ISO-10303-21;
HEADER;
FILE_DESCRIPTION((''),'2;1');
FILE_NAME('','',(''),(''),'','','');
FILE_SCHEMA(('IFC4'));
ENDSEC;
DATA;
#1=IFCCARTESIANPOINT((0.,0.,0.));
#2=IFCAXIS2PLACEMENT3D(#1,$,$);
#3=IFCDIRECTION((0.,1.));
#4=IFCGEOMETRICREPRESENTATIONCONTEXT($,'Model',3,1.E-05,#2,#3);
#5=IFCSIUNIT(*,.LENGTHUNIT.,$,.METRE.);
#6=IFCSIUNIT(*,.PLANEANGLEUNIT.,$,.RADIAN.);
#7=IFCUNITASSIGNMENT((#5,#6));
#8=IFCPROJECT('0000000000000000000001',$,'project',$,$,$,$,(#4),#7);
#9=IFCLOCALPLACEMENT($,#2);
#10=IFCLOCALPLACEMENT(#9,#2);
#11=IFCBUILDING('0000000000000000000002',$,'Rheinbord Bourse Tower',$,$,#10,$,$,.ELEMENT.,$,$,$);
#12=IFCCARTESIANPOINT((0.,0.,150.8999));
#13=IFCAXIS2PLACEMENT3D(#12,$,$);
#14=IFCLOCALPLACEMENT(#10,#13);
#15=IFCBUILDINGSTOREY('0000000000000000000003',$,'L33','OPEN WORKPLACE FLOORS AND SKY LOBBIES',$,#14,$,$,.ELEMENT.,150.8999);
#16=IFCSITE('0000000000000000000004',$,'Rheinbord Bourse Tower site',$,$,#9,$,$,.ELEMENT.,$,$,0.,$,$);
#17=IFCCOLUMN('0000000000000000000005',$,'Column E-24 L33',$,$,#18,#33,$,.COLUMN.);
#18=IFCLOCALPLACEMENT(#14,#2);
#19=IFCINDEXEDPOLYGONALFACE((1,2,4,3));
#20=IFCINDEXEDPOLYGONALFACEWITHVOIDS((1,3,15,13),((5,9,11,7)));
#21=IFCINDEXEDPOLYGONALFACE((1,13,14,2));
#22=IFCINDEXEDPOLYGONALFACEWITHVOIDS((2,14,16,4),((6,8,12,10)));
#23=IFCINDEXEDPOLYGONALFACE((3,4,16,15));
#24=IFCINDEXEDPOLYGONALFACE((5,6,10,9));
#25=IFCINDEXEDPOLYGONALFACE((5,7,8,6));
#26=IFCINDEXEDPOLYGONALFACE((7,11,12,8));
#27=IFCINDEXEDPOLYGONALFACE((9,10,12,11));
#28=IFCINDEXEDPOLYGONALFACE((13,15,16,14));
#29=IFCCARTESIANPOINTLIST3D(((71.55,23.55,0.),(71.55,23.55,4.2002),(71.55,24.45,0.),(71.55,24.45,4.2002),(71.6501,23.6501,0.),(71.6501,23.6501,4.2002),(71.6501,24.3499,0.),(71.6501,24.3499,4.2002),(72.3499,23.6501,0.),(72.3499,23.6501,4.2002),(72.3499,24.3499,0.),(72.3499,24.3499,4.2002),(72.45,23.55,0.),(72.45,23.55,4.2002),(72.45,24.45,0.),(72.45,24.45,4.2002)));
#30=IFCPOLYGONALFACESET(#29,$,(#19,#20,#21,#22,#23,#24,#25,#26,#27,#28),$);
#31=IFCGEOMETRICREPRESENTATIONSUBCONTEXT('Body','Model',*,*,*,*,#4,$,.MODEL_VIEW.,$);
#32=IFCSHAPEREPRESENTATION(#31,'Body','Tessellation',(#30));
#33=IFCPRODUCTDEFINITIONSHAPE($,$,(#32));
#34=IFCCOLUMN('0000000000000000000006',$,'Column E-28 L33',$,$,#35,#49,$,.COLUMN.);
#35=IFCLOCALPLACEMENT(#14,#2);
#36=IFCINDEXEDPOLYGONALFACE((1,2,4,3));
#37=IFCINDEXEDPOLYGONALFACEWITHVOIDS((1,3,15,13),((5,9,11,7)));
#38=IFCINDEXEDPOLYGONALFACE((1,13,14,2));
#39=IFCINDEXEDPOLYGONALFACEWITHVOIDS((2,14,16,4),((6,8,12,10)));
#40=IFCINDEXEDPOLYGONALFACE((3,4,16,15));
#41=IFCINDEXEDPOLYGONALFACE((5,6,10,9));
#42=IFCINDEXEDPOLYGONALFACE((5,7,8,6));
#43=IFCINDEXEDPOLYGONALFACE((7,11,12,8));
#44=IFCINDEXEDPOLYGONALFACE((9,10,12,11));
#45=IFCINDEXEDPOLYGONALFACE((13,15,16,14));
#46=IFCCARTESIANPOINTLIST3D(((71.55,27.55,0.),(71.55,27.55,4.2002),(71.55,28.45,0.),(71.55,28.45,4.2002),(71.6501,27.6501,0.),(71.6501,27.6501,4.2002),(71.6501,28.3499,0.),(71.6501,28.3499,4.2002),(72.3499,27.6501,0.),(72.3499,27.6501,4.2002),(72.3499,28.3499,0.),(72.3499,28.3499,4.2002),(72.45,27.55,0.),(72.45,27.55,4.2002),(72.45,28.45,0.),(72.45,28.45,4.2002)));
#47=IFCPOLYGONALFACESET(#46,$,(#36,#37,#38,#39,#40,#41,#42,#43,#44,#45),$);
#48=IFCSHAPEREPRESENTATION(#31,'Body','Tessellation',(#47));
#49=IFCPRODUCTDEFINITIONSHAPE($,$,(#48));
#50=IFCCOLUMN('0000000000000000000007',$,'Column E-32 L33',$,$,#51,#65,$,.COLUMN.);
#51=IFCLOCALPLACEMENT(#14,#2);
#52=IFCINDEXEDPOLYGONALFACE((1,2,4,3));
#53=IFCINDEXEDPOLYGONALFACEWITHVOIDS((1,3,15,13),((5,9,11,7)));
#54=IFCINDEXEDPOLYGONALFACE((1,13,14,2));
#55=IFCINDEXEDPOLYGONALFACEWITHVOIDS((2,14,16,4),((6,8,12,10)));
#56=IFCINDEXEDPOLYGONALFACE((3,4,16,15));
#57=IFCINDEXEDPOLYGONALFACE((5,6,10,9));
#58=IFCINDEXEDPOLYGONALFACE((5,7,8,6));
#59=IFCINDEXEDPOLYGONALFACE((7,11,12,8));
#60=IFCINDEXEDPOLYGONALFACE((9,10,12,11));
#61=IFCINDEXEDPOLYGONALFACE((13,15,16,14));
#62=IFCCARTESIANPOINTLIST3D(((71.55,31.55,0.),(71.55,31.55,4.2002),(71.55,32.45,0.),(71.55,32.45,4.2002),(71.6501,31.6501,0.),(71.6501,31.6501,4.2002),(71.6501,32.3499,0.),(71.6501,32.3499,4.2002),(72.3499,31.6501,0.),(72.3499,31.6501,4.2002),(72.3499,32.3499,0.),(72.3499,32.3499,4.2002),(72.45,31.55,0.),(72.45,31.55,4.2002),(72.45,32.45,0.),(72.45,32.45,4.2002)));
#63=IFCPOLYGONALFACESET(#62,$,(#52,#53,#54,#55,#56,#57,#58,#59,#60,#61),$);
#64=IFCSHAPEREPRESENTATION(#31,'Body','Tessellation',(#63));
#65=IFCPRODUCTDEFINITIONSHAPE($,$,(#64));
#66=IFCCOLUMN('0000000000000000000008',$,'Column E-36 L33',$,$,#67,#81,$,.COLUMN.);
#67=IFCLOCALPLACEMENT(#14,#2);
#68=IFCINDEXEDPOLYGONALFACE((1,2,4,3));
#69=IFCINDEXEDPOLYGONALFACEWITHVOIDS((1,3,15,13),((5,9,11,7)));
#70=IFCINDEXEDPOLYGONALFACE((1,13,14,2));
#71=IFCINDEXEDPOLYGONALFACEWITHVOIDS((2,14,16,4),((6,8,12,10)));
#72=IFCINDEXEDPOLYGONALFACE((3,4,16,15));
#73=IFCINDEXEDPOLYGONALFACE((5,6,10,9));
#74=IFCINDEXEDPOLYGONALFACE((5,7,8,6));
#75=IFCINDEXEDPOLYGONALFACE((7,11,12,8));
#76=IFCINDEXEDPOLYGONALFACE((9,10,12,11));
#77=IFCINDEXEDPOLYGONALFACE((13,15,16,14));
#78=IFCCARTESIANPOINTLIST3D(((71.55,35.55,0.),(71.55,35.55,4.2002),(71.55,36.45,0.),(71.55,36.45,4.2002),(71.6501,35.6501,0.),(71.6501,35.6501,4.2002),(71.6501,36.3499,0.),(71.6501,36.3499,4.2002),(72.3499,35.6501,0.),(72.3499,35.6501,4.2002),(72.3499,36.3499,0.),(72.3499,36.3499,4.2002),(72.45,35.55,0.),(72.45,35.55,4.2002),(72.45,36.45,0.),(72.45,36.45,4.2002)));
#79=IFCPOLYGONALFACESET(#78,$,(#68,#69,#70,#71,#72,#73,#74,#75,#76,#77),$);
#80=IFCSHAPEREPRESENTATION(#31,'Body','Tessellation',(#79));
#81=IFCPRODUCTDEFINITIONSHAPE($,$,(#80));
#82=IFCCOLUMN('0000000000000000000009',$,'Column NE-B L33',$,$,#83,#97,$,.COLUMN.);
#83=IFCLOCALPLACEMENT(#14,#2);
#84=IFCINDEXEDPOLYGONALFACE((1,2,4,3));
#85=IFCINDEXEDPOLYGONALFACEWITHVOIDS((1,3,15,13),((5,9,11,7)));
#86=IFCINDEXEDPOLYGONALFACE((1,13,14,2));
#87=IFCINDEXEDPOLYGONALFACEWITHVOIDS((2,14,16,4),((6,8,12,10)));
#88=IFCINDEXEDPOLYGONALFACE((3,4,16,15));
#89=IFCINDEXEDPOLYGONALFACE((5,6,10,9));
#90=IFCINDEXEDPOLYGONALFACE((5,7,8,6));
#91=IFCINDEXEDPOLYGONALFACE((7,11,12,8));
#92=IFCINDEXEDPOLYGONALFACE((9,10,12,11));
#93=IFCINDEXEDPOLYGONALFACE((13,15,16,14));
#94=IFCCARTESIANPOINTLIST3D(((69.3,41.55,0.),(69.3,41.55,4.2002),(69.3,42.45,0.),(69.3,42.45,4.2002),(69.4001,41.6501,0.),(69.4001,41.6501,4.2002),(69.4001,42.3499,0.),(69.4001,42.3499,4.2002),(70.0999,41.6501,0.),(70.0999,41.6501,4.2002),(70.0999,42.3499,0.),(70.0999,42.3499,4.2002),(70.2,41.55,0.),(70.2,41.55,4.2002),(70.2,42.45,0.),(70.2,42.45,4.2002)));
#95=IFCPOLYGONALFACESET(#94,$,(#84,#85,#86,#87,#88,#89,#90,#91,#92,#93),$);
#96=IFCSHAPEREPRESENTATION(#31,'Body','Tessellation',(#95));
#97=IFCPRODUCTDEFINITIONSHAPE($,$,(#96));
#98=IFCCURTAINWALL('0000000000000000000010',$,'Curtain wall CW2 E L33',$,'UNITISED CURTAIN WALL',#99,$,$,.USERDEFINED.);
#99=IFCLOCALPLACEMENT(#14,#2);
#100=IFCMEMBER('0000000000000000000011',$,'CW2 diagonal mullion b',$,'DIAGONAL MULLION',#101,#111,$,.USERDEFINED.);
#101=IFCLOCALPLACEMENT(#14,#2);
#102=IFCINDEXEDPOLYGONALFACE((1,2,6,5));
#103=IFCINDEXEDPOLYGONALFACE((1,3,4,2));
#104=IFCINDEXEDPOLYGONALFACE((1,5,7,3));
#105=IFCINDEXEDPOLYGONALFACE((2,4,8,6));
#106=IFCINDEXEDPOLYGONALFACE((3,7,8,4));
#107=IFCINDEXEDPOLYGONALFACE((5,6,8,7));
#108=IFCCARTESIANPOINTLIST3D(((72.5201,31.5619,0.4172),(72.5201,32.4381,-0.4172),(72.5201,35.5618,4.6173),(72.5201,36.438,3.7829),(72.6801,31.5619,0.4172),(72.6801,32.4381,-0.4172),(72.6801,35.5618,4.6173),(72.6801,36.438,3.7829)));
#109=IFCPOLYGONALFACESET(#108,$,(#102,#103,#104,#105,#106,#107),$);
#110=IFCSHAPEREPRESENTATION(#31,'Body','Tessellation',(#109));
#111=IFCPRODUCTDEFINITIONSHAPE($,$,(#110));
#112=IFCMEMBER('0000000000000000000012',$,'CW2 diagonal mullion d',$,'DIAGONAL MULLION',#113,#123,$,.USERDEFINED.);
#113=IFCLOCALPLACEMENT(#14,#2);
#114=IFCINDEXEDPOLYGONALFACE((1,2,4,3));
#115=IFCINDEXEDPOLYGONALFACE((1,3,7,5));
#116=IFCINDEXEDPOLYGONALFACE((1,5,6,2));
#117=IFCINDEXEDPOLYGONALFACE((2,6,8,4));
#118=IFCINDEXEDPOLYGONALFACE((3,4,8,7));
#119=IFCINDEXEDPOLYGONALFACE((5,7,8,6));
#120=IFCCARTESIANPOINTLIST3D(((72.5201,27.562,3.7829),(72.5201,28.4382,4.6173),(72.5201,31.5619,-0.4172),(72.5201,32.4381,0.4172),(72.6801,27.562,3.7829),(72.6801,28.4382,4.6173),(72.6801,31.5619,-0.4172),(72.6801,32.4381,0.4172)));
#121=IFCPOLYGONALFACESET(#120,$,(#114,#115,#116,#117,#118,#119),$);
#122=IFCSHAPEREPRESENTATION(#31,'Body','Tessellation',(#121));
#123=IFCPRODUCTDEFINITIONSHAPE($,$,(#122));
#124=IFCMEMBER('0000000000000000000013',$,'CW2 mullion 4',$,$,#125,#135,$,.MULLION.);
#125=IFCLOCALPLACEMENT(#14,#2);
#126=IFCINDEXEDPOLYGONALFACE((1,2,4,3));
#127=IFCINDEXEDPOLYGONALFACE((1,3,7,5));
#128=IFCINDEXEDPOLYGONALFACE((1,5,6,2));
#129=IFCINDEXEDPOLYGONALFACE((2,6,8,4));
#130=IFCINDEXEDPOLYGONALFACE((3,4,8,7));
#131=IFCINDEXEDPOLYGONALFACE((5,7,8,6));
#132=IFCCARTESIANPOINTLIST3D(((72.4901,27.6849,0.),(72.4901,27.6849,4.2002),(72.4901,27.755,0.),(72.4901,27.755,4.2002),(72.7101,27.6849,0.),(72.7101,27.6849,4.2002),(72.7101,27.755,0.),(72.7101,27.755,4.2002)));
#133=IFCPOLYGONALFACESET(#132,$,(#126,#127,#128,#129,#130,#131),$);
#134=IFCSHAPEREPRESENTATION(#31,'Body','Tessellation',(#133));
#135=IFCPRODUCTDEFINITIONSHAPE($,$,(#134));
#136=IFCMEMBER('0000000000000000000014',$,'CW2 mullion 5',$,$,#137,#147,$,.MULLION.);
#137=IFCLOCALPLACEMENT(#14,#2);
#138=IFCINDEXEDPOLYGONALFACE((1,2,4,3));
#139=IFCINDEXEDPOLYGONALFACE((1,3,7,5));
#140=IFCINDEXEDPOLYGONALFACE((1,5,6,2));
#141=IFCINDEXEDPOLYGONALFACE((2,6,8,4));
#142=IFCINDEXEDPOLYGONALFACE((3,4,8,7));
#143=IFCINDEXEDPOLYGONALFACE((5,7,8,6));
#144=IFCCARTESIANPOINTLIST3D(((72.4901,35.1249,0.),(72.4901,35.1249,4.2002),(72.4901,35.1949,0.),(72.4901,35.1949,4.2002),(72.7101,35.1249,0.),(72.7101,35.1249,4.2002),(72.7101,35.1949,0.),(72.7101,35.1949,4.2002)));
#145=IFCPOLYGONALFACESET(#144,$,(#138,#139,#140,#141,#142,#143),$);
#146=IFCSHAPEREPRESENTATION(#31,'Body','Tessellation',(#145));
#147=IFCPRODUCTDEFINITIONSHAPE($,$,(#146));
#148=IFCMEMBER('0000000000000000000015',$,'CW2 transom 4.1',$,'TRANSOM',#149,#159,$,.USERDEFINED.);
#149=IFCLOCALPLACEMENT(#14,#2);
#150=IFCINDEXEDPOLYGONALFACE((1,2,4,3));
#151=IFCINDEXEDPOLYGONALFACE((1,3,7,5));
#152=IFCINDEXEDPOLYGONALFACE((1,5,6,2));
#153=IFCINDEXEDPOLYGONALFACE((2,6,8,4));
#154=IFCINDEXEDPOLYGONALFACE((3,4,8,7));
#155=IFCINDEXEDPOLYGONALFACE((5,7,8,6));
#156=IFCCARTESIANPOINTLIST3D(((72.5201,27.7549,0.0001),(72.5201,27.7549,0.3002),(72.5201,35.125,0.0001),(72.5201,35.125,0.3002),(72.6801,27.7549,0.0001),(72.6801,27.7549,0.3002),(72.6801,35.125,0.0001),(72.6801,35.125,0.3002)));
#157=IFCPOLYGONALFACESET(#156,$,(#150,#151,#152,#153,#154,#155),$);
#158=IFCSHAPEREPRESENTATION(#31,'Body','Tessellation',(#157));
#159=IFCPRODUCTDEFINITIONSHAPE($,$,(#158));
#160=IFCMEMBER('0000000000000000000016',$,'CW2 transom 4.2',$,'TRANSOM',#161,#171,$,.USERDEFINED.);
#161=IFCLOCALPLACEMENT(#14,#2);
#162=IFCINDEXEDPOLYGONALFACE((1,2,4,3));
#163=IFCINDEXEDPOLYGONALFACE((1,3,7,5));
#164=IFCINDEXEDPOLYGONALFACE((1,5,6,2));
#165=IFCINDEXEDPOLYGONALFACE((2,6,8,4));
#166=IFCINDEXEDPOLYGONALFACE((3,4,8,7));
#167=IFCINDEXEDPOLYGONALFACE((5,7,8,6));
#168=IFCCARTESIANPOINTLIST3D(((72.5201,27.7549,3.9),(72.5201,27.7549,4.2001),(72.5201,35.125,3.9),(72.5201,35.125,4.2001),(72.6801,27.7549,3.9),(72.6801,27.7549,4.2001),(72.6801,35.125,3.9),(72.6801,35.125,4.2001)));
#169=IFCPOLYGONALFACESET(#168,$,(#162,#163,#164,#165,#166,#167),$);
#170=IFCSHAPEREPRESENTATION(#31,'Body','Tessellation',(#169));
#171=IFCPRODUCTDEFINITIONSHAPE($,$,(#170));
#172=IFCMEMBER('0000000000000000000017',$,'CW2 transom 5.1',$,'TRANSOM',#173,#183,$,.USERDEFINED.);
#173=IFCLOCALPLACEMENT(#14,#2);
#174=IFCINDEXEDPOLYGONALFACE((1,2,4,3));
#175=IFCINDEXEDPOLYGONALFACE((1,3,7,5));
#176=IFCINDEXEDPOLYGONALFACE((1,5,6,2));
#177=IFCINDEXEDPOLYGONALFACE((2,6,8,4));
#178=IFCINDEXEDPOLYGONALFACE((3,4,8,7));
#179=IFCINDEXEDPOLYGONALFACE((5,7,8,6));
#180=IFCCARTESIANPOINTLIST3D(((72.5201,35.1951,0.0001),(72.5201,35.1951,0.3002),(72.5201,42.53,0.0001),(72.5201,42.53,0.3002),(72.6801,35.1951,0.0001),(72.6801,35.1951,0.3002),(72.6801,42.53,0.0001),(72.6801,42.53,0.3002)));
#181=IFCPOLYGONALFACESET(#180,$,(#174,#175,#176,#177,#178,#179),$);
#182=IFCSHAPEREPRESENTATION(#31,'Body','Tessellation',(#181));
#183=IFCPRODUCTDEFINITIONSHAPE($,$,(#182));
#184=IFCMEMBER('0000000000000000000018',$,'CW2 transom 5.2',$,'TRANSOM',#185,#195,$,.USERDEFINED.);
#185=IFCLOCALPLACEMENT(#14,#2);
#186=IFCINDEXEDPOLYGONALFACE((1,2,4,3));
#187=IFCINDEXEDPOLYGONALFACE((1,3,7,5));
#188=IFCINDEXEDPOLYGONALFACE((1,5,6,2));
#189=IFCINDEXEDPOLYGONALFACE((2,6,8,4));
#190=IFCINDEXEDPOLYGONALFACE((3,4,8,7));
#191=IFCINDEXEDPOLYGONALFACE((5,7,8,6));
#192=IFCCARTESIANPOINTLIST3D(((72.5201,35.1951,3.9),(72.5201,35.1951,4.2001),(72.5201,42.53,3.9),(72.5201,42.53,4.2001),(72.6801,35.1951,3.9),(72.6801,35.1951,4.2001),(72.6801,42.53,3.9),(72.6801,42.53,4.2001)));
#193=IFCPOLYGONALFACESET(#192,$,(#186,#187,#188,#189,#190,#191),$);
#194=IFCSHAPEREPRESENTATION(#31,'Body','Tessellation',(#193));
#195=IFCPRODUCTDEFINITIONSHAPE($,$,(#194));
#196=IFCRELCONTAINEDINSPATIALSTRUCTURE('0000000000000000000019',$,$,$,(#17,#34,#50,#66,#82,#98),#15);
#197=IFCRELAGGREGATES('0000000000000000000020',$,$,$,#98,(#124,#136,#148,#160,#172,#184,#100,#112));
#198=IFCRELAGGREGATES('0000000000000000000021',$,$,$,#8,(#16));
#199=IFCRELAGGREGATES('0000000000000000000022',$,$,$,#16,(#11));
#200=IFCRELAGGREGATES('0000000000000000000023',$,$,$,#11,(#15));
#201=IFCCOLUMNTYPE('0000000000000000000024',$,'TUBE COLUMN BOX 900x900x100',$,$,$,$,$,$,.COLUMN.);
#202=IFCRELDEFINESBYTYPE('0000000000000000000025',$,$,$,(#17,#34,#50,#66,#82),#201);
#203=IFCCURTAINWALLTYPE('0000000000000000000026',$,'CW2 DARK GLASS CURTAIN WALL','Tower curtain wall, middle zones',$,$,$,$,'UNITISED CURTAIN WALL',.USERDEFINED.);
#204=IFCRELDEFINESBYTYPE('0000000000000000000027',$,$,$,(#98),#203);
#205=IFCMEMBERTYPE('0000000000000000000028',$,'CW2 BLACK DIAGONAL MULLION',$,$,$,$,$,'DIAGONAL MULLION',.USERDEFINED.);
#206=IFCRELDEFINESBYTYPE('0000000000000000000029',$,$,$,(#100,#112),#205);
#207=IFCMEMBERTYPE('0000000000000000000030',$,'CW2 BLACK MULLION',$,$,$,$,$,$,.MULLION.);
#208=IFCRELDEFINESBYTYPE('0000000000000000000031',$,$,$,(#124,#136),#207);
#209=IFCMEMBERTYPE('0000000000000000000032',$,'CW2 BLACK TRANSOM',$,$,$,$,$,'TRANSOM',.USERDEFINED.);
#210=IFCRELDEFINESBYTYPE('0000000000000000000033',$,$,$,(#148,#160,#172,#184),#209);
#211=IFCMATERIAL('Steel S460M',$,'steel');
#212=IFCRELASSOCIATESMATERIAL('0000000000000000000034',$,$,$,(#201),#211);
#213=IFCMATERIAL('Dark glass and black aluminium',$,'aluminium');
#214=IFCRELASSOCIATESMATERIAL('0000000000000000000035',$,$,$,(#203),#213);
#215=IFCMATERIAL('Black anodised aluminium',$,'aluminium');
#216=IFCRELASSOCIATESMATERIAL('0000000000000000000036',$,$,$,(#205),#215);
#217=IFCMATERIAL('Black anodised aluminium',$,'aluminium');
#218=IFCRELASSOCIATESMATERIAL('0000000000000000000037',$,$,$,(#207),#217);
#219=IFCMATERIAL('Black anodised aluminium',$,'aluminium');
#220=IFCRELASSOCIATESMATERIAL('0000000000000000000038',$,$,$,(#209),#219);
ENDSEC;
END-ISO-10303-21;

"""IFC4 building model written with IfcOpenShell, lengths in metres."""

from ifc_helpers import new_model, si_unit, direction, frame, origin, origin_2d, place, context, subcontext, project, spatial, rectangle, hollow_rectangle, extrude, material, material_profile, profile_set, type_object, element, aggregate, save


model = new_model("IFC4")

# Units and contexts
model_context = context("Model", 3, precision=1e-05, world=origin(), true_north=direction((0.0, 1.0)))
body_context = subcontext(model_context, "Body", "Model", "MODEL_VIEW")
ifc_project = project(units=[si_unit("LENGTHUNIT", "METRE"), si_unit("PLANEANGLEUNIT", "RADIAN")], contexts=[model_context])

# Site, building, storey
site_placement = place(None, origin())
site = spatial("IfcSite", under=ifc_project, at=site_placement, Name="Rheinbord Bourse Tower site", CompositionType="ELEMENT", RefElevation=0.0)
building_placement = place(site_placement, origin())
building = spatial("IfcBuilding", under=site, at=building_placement, Name="Rheinbord Bourse Tower", CompositionType="ELEMENT")
storey_placement = place(building_placement, frame((0.0, 0.0, 150.8999)))
storey = spatial("IfcBuildingStorey", under=building, at=storey_placement, Name="L33", Description="OPEN WORKPLACE FLOORS AND SKY LOBBIES", CompositionType="ELEMENT", Elevation=150.8999)

# Columns
ifc_material_1 = material(Name="Steel S460M", Category="steel")
ifc_material_profile_1 = material_profile(ifc_material_1, hollow_rectangle(XDim=0.8999, YDim=0.8999, WallThickness=0.1001, at=origin_2d()), Name="BOX 900x900x100")
ifc_profile_set_1 = profile_set([ifc_material_profile_1], Name="Steel S460M")
column_type = type_object("IfcColumnType", Name="TUBE COLUMN BOX 900x900x100", PredefinedType="COLUMN", material=ifc_profile_set_1)
for number, where, z_axis, x_axis, name in (
    (1, (72.0, 24.0, 0.0), (0.0, 0.0, 1.0), (1.0, 0.0, 0.0), "Column E-24 L33"),
    (2, (72.0, 28.0, 0.0), (0.0, 0.0, 1.0), (1.0, 0.0, 0.0), "Column E-28 L33"),
    (3, (72.0, 32.0, 0.0), (0.0, 0.0, 1.0), (1.0, 0.0, 0.0), "Column E-32 L33"),
    (4, (72.0, 36.0, 0.0), (0.0, 0.0, 1.0), (1.0, 0.0, 0.0), "Column E-36 L33"),
    (5, (69.75, 42.0, 0.0), (0.0, 0.0, 1.0), (1.0, 0.0, 0.0), "Column NE-B L33"),
):
    element("IfcColumn", number, at=place(storey_placement, frame(where, z_axis=z_axis, x_axis=x_axis)), inside=storey, type_object=column_type, Name=name, PredefinedType="COLUMN", context=body_context, shape_type="SweptSolid", body=[
        extrude(hollow_rectangle(XDim=0.8999, YDim=0.8999, WallThickness=0.1001, at=origin_2d()), origin(), (0.0, 0.0, 1.0), 4.2002),
    ])

# Curtain wall, members
ifc_material_2 = material(Name="Dark glass and black aluminium", Category="aluminium")
curtain_wall_type = type_object("IfcCurtainWallType", Name="CW2 DARK GLASS CURTAIN WALL", Description="Tower curtain wall, middle zones", ElementType="UNITISED CURTAIN WALL", PredefinedType="USERDEFINED", material=ifc_material_2)
curtain_wall_placement = place(storey_placement, origin())
curtain_wall = element("IfcCurtainWall", 6, at=curtain_wall_placement, inside=storey, type_object=curtain_wall_type, Name="Curtain wall CW2 E L33", ObjectType="UNITISED CURTAIN WALL", PredefinedType="USERDEFINED")
ifc_material_3 = material(Name="Black anodised aluminium", Category="aluminium")
ifc_material_profile_2 = material_profile(ifc_material_3, rectangle(XDim=0.1599, YDim=1.21, at=origin_2d()), Name="CW2 DIAGONAL MULLION 1210x160")
ifc_profile_set_2 = profile_set([ifc_material_profile_2], Name="Black anodised aluminium")
member_type_1 = type_object("IfcMemberType", Name="CW2 BLACK DIAGONAL MULLION", ElementType="DIAGONAL MULLION", PredefinedType="USERDEFINED", material=ifc_profile_set_2)
member_1_placement = place(storey_placement, frame((72.6001, 32.0, 0.0), z_axis=(0.0, 0.689638, 0.724154), x_axis=(-1.0, 0.0, 0.0)))
member_1 = element("IfcMember", 7, at=member_1_placement, type_object=member_type_1, Name="CW2 diagonal mullion b", ObjectType="DIAGONAL MULLION", PredefinedType="USERDEFINED", context=body_context, shape_type="SweptSolid", body=[
    extrude(rectangle(XDim=0.1599, YDim=1.21, at=origin_2d()), origin(), (0.0, 0.0, 1.0), 5.8),
])
member_2_placement = place(storey_placement, frame((72.6001, 32.0, 0.0), z_axis=(0.0, -0.689638, 0.724154), x_axis=(1.0, 0.0, 0.0)))
member_2 = element("IfcMember", 8, at=member_2_placement, type_object=member_type_1, Name="CW2 diagonal mullion d", ObjectType="DIAGONAL MULLION", PredefinedType="USERDEFINED", context=body_context, shape_type="SweptSolid", body=[
    extrude(rectangle(XDim=0.1599, YDim=1.21, at=origin_2d()), origin(), (0.0, 0.0, 1.0), 5.8),
])
ifc_material_4 = material(Name="Black anodised aluminium", Category="aluminium")
ifc_material_profile_3 = material_profile(ifc_material_4, rectangle(XDim=0.22, YDim=0.0701, at=origin_2d()), Name="CW2 MULLION 70x220")
ifc_profile_set_3 = profile_set([ifc_material_profile_3], Name="Black anodised aluminium")
member_type_2 = type_object("IfcMemberType", Name="CW2 BLACK MULLION", PredefinedType="MULLION", material=ifc_profile_set_3)
member_3_placement = place(storey_placement, frame((72.6001, 27.72, 0.0), z_axis=(0.0, 0.0, 1.0), x_axis=(-1.0, 0.0, 0.0)))
member_3 = element("IfcMember", 9, at=member_3_placement, type_object=member_type_2, Name="CW2 mullion 4", PredefinedType="MULLION", context=body_context, shape_type="SweptSolid", body=[
    extrude(rectangle(XDim=0.22, YDim=0.0701, at=origin_2d()), origin(), (0.0, 0.0, 1.0), 4.2002),
])
member_4_placement = place(storey_placement, frame((72.6001, 35.1599, 0.0), z_axis=(0.0, 0.0, 1.0), x_axis=(-1.0, 0.0, 0.0)))
member_4 = element("IfcMember", 10, at=member_4_placement, type_object=member_type_2, Name="CW2 mullion 5", PredefinedType="MULLION", context=body_context, shape_type="SweptSolid", body=[
    extrude(rectangle(XDim=0.22, YDim=0.0701, at=origin_2d()), origin(), (0.0, 0.0, 1.0), 4.2002),
])
ifc_material_5 = material(Name="Black anodised aluminium", Category="aluminium")
ifc_material_profile_4 = material_profile(ifc_material_5, rectangle(XDim=0.1599, YDim=0.3, at=origin_2d()), Name="CW2 TRANSOM 300x160")
ifc_profile_set_4 = profile_set([ifc_material_profile_4], Name="Black anodised aluminium")
member_type_3 = type_object("IfcMemberType", Name="CW2 BLACK TRANSOM", ElementType="TRANSOM", PredefinedType="USERDEFINED", material=ifc_profile_set_4)
member_5_placement = place(storey_placement, frame((72.6001, 27.7549, 0.1501), z_axis=(0.0, 1.0, 0.0), x_axis=(-1.0, 0.0, 0.0)))
member_5 = element("IfcMember", 11, at=member_5_placement, type_object=member_type_3, Name="CW2 transom 4.1", ObjectType="TRANSOM", PredefinedType="USERDEFINED", context=body_context, shape_type="SweptSolid", body=[
    extrude(rectangle(XDim=0.1599, YDim=0.3, at=origin_2d()), origin(), (0.0, 0.0, 1.0), 7.3701),
])
member_6_placement = place(storey_placement, frame((72.6001, 27.7549, 4.05), z_axis=(0.0, 1.0, 0.0), x_axis=(-1.0, 0.0, 0.0)))
member_6 = element("IfcMember", 12, at=member_6_placement, type_object=member_type_3, Name="CW2 transom 4.2", ObjectType="TRANSOM", PredefinedType="USERDEFINED", context=body_context, shape_type="SweptSolid", body=[
    extrude(rectangle(XDim=0.1599, YDim=0.3, at=origin_2d()), origin(), (0.0, 0.0, 1.0), 7.3701),
])
member_7_placement = place(storey_placement, frame((72.6001, 35.1951, 0.1501), z_axis=(0.0, 1.0, 0.0), x_axis=(-1.0, 0.0, 0.0)))
member_7 = element("IfcMember", 13, at=member_7_placement, type_object=member_type_3, Name="CW2 transom 5.1", ObjectType="TRANSOM", PredefinedType="USERDEFINED", context=body_context, shape_type="SweptSolid", body=[
    extrude(rectangle(XDim=0.1599, YDim=0.3, at=origin_2d()), origin(), (0.0, 0.0, 1.0), 7.335),
])
member_8_placement = place(storey_placement, frame((72.6001, 35.1951, 4.05), z_axis=(0.0, 1.0, 0.0), x_axis=(-1.0, 0.0, 0.0)))
member_8 = element("IfcMember", 14, at=member_8_placement, type_object=member_type_3, Name="CW2 transom 5.2", ObjectType="TRANSOM", PredefinedType="USERDEFINED", context=body_context, shape_type="SweptSolid", body=[
    extrude(rectangle(XDim=0.1599, YDim=0.3, at=origin_2d()), origin(), (0.0, 0.0, 1.0), 7.335),
])

aggregate(curtain_wall, [member_3, member_4, member_5, member_6, member_7, member_8, member_1, member_2])

save(model, "model.ifc")
